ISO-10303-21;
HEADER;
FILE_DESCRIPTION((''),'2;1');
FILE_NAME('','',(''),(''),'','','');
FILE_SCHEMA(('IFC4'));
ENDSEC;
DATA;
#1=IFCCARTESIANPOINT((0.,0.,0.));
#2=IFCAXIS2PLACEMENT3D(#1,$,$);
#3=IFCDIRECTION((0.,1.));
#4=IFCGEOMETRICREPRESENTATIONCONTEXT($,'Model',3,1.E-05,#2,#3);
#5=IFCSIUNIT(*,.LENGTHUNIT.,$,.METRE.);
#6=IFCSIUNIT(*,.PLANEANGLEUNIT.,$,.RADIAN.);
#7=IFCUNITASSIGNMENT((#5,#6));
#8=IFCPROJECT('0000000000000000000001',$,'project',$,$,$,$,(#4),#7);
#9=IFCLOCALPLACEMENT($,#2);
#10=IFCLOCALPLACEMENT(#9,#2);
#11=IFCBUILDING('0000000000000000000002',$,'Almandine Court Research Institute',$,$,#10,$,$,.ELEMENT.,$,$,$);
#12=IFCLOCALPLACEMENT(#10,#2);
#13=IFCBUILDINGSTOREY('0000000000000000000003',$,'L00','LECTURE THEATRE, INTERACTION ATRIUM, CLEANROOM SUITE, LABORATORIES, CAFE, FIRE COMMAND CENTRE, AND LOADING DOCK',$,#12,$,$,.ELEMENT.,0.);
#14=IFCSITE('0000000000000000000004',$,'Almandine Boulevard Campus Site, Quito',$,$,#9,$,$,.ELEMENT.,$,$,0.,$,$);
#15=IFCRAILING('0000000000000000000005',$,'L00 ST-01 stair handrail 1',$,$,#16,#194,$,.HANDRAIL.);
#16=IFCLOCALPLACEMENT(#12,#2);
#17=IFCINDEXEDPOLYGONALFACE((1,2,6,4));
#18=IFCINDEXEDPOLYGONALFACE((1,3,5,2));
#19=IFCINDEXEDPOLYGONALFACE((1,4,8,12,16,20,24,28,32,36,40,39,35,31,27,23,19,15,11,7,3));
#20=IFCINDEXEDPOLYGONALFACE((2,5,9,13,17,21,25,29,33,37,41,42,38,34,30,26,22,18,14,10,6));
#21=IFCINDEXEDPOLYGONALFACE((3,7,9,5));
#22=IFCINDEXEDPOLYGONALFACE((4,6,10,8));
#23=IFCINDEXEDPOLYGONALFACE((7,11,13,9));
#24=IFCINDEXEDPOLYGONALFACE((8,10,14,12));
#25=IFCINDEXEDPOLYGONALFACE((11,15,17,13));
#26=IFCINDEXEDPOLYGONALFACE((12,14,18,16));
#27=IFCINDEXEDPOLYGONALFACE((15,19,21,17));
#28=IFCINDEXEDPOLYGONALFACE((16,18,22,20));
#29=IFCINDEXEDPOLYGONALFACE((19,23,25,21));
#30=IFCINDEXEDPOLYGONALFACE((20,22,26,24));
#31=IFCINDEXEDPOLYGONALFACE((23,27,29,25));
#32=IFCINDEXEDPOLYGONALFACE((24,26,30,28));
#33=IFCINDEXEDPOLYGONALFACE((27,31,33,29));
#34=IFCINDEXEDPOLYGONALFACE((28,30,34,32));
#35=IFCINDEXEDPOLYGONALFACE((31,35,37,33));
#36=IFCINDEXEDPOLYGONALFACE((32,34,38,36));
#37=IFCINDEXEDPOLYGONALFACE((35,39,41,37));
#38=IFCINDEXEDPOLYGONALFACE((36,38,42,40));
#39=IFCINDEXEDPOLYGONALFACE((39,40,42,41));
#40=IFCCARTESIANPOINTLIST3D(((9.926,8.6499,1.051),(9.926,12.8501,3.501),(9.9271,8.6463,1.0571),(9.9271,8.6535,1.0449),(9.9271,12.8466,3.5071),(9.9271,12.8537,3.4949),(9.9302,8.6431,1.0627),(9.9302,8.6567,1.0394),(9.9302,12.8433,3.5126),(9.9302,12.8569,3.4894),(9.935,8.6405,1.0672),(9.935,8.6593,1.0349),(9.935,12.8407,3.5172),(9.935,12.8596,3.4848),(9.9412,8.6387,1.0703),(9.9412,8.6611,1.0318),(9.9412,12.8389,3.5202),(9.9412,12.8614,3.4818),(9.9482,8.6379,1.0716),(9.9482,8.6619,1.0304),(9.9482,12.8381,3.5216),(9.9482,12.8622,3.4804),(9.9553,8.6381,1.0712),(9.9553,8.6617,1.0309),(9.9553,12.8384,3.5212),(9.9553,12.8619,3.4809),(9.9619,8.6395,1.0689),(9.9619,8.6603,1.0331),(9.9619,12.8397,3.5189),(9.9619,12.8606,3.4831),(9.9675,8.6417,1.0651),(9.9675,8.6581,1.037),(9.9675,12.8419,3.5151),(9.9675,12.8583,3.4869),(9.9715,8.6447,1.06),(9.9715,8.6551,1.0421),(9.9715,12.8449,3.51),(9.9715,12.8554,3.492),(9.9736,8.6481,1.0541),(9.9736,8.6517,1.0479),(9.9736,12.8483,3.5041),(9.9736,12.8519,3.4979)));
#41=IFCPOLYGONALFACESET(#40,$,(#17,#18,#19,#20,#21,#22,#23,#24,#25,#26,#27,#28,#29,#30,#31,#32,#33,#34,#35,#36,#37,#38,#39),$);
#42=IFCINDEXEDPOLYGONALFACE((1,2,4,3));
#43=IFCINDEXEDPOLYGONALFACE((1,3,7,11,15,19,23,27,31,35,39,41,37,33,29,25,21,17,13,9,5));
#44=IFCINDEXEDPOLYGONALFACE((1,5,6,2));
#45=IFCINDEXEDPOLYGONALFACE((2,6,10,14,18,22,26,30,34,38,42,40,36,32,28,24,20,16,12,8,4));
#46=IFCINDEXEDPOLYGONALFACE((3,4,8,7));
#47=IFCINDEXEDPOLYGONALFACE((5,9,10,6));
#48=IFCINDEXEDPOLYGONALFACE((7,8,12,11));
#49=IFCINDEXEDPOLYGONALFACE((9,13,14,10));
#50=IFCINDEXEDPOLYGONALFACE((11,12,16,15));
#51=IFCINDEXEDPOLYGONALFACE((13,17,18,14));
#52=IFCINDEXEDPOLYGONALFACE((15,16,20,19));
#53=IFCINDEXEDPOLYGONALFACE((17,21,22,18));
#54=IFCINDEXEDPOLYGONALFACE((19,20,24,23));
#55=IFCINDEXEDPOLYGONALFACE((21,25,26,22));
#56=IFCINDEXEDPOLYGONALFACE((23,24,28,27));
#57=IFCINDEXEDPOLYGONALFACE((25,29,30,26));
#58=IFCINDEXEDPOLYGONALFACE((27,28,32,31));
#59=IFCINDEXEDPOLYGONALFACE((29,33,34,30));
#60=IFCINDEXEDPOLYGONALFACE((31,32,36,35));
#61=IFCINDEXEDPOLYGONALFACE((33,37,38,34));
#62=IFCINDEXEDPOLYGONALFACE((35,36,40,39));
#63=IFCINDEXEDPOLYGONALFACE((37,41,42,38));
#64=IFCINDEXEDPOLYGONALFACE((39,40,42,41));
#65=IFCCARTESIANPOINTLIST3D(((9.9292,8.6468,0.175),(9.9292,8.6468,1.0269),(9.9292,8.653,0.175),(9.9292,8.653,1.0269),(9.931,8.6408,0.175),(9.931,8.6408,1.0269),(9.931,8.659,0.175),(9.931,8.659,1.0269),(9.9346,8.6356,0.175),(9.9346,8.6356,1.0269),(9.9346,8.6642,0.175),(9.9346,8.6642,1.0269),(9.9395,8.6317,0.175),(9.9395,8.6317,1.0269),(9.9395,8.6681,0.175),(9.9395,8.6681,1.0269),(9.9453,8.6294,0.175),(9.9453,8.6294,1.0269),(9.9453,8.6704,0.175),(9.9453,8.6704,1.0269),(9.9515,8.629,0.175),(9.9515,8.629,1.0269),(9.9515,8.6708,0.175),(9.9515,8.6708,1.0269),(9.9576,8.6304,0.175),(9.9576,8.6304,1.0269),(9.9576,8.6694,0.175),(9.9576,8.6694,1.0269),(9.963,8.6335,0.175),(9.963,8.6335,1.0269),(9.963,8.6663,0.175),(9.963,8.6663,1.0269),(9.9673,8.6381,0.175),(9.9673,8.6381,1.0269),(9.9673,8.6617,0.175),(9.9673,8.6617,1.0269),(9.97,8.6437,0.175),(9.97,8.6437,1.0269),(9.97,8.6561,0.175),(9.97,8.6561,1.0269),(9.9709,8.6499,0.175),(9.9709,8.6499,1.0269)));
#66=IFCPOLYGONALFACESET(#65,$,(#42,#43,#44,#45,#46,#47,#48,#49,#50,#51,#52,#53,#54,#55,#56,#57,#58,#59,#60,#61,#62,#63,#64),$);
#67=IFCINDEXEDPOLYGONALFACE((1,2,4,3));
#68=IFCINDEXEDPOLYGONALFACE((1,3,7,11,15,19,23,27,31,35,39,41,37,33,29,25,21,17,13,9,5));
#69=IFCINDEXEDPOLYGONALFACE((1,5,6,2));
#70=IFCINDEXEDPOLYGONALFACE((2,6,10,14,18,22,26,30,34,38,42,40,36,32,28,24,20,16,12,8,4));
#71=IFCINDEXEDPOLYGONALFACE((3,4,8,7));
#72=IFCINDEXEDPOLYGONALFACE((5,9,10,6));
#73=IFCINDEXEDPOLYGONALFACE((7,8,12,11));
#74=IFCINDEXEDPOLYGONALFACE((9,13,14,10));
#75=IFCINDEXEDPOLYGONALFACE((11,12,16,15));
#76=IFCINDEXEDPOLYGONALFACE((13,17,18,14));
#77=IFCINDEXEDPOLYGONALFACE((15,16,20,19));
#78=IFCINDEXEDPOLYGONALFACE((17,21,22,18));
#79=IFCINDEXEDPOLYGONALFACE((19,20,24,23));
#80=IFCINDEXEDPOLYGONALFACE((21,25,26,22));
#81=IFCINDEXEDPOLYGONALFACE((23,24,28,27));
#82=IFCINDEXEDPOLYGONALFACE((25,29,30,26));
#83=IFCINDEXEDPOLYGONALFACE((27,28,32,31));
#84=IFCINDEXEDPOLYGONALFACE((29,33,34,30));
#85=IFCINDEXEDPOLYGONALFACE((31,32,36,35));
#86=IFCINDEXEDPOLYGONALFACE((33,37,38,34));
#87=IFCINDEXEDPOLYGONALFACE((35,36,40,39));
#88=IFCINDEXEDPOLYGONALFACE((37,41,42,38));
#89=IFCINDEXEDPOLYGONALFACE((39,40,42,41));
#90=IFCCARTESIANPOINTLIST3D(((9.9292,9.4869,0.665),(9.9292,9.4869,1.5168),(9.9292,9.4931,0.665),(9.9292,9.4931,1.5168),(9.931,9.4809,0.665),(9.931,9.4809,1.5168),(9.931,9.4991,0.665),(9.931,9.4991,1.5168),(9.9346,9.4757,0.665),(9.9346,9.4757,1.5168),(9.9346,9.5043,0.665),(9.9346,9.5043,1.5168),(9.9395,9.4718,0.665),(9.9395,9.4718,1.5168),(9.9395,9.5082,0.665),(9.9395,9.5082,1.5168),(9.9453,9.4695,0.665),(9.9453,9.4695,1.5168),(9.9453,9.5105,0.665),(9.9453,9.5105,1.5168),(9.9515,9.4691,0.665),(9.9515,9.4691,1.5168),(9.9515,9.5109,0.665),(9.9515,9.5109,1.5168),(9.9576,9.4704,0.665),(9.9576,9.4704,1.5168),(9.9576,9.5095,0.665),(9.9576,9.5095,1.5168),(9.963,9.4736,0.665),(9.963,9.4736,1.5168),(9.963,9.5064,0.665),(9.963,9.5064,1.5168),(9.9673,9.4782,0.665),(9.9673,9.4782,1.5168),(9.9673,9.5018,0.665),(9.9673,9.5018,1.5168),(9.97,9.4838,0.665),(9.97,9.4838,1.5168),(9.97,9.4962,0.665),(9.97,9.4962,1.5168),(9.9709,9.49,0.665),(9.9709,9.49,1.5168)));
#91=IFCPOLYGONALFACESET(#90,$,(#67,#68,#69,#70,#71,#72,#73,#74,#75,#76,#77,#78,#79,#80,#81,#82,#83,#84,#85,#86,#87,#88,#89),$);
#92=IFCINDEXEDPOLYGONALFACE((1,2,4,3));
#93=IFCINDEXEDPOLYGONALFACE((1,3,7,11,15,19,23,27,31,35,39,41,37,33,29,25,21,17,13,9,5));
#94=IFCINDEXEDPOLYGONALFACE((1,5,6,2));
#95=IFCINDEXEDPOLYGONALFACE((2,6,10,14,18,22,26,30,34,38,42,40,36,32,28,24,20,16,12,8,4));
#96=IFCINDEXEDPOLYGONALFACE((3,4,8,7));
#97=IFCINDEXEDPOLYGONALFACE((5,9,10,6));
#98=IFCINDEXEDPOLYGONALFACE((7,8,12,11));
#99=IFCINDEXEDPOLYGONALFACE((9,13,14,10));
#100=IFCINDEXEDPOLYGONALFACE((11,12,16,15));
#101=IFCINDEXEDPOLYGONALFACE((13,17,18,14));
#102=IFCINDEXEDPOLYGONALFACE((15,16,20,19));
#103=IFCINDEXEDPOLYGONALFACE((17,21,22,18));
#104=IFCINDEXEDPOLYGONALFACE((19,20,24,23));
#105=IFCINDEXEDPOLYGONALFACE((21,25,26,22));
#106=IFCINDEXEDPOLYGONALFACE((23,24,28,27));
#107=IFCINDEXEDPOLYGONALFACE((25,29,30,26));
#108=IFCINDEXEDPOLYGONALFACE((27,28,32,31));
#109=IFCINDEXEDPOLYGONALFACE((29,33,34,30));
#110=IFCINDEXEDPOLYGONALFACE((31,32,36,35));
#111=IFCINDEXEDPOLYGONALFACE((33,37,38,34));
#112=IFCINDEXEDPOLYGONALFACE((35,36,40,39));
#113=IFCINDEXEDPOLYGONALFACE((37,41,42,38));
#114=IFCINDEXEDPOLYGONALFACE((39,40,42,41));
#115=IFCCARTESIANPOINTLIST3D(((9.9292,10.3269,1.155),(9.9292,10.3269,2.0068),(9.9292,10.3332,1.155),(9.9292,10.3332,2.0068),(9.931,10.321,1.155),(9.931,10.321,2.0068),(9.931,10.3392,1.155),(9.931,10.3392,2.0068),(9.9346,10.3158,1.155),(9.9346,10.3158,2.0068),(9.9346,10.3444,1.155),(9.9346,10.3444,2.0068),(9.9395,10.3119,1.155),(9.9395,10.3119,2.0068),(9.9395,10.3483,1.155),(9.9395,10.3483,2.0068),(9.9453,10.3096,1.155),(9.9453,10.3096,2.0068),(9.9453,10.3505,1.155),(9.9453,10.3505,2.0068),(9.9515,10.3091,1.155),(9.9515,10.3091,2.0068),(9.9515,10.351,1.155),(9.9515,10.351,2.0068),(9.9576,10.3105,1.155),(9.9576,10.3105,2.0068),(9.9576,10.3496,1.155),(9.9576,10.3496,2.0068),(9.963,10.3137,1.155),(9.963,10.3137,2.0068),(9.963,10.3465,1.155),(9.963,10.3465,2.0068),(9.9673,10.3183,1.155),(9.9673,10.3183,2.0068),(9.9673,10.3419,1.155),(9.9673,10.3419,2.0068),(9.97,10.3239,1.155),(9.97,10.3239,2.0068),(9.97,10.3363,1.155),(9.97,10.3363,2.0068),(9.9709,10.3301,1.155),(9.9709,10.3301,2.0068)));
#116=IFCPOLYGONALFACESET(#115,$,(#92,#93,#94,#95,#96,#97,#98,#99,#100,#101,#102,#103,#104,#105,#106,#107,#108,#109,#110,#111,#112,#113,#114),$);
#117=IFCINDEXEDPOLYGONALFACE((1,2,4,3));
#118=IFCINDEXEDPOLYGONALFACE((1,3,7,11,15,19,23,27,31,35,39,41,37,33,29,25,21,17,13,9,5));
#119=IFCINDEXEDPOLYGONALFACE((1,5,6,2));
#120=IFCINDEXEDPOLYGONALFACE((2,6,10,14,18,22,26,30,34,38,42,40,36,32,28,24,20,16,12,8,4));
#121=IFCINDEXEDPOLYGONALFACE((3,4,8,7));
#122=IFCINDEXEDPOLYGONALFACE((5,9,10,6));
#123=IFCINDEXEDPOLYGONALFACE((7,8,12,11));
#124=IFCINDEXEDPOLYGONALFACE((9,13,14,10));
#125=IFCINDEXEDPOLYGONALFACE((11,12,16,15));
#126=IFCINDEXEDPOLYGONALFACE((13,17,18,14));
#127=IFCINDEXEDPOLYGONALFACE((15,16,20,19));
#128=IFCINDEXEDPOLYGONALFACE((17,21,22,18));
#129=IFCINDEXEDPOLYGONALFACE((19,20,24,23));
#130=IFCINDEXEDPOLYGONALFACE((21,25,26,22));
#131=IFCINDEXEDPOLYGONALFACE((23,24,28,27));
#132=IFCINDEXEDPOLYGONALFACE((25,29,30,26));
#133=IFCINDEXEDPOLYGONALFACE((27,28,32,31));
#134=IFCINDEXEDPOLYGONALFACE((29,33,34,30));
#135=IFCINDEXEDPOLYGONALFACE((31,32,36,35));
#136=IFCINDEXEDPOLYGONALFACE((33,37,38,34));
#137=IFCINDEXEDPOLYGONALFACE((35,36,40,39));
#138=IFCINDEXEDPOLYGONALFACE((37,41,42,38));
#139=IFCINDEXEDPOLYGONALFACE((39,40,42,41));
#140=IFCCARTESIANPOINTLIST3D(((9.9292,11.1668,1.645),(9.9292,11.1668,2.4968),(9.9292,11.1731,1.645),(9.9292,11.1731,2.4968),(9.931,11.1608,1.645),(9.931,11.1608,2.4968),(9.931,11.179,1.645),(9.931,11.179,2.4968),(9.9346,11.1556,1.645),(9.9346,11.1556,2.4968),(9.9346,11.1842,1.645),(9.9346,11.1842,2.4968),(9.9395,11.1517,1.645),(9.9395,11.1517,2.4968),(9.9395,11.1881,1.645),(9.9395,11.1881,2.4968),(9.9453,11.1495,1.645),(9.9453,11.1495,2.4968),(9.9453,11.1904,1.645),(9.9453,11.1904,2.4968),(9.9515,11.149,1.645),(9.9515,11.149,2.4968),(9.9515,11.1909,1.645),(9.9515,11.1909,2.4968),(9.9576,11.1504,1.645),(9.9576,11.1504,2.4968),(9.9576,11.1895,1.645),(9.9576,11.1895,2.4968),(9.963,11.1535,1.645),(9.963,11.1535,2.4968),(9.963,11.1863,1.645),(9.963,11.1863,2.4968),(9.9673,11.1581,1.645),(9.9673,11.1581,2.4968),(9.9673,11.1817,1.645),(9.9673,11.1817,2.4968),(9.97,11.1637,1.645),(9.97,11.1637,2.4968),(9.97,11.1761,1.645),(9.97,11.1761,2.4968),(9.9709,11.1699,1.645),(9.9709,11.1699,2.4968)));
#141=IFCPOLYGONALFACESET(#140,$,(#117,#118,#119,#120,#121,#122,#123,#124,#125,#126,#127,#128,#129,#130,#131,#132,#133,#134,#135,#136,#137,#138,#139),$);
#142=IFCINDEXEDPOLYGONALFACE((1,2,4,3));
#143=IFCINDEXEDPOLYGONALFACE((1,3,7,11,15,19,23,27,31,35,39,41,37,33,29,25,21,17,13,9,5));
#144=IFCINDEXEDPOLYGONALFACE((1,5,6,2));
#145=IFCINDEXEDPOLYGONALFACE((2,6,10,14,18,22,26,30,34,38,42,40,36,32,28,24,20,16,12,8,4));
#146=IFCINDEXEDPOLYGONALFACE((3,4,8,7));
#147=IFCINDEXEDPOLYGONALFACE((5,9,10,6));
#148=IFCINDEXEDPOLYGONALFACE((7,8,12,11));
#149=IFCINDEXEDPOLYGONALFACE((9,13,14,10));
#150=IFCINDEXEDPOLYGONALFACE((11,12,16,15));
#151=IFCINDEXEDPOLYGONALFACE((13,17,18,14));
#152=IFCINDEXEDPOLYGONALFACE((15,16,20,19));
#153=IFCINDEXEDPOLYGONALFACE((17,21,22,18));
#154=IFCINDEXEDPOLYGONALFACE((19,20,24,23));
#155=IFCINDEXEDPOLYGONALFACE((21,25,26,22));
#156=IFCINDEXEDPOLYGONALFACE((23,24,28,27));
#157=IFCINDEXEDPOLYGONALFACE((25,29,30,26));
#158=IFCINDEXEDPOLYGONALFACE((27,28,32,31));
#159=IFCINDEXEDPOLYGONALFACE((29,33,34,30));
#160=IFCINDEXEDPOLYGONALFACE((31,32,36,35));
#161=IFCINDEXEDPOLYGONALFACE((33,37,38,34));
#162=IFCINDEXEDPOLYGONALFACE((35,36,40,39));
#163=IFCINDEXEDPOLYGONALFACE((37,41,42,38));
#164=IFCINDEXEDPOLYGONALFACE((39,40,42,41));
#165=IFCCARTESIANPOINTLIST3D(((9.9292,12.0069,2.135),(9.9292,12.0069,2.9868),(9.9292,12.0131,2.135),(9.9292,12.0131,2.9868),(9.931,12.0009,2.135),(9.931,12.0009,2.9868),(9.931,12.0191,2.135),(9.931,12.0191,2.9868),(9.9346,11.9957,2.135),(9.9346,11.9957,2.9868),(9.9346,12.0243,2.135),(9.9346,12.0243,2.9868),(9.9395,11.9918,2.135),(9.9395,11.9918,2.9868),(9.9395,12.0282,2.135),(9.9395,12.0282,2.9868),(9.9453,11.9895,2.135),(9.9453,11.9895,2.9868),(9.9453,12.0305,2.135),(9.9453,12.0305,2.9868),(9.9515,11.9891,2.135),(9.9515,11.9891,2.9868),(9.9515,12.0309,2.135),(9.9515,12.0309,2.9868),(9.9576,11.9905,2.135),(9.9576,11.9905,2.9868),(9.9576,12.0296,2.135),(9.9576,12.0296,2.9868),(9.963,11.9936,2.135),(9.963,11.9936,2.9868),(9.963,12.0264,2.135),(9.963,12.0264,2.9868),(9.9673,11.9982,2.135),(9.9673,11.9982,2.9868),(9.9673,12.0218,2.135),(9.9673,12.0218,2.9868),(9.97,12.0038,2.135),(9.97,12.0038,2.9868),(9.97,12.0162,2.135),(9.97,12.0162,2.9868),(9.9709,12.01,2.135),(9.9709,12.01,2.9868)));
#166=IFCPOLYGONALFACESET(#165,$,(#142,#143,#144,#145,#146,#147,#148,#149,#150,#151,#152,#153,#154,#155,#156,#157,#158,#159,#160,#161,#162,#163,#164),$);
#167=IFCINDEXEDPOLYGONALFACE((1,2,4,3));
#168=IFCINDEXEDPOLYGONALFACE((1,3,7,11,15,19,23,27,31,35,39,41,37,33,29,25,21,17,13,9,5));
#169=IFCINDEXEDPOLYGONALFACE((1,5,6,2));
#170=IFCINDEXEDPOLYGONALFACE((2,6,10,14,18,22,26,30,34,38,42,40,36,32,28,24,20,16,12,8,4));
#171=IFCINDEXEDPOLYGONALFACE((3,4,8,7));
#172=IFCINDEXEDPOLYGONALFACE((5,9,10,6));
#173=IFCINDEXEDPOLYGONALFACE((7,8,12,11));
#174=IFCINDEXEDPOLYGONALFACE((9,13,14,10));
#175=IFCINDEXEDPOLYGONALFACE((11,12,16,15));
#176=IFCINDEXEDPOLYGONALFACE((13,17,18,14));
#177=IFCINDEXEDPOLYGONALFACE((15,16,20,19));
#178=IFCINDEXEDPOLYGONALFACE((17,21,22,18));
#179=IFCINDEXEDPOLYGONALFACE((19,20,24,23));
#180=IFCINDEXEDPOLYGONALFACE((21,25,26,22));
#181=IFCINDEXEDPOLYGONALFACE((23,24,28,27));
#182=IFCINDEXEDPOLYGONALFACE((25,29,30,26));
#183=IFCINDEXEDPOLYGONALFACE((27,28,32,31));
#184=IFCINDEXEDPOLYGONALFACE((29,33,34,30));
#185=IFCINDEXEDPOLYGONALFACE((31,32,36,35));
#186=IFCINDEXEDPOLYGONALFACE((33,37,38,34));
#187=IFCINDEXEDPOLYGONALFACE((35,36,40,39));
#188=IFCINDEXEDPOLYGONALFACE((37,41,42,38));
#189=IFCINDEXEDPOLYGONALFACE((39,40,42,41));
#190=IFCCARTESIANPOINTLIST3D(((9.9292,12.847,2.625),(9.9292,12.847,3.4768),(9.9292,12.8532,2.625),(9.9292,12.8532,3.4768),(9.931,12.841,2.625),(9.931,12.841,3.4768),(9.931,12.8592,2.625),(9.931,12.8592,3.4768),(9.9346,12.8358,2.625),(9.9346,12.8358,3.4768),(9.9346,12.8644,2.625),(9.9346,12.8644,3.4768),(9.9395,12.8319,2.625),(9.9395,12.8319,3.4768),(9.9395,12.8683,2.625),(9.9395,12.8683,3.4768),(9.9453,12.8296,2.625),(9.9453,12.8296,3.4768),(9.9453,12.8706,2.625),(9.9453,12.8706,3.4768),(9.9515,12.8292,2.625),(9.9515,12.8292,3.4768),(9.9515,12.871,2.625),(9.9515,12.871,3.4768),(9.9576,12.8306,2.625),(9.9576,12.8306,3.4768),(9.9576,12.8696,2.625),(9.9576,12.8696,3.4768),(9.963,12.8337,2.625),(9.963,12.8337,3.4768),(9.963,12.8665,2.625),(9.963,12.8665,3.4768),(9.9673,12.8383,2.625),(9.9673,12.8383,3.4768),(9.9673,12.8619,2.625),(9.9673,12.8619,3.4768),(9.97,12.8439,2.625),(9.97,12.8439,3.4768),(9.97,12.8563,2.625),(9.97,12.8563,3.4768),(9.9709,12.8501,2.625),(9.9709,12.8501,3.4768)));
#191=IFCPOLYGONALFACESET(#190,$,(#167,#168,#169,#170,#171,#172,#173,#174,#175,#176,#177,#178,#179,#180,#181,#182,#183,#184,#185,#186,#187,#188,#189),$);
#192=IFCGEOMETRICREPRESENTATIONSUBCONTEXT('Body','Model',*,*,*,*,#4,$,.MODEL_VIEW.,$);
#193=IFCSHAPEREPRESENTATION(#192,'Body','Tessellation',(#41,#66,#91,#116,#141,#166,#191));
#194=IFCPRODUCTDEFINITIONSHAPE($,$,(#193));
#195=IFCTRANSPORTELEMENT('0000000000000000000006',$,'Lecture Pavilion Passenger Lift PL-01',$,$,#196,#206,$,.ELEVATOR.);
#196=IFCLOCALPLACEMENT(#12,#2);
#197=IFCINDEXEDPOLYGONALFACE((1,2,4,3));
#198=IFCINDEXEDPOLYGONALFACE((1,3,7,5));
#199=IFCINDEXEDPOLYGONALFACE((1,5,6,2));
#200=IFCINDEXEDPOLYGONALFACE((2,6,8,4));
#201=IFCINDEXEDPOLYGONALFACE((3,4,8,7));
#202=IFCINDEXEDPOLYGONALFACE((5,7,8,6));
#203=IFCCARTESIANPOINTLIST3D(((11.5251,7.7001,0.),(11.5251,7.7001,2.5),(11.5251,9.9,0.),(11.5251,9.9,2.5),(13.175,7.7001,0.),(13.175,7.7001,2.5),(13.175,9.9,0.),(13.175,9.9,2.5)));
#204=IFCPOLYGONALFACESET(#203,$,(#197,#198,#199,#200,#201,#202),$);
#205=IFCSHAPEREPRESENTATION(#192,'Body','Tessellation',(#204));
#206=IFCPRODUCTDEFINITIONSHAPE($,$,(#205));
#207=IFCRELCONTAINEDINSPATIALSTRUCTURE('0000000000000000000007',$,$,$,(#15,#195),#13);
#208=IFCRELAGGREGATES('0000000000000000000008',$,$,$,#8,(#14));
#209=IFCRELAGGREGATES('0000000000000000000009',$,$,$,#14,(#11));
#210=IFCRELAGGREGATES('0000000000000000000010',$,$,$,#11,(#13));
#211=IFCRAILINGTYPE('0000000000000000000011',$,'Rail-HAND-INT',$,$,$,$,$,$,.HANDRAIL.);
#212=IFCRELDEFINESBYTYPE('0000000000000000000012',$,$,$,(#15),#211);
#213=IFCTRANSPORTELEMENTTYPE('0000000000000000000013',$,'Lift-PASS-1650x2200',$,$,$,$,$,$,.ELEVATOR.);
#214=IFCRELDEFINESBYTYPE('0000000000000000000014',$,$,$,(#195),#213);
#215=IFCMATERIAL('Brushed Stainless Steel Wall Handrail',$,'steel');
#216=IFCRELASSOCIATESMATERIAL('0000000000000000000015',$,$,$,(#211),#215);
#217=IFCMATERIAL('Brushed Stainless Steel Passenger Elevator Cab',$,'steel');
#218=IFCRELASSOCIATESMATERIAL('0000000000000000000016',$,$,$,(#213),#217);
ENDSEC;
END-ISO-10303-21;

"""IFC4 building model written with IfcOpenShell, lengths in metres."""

from ifc_helpers import new_model, si_unit, direction, frame, origin, origin_2d, place, context, subcontext, project, spatial, rectangle, circle, extrude, material, type_object, element, save


model = new_model("IFC4")

# Units and contexts
model_context = context("Model", 3, precision=1e-05, world=origin(), true_north=direction((0.0, 1.0)))
body_context = subcontext(model_context, "Body", "Model", "MODEL_VIEW")
ifc_project = project(units=[si_unit("LENGTHUNIT", "METRE"), si_unit("PLANEANGLEUNIT", "RADIAN")], contexts=[model_context])

# Site, building, storey
site_placement = place(None, origin())
site = spatial("IfcSite", under=ifc_project, at=site_placement, Name="Almandine Boulevard Campus Site, Quito", CompositionType="ELEMENT", RefElevation=0.0)
building_placement = place(site_placement, origin())
building = spatial("IfcBuilding", under=site, at=building_placement, Name="Almandine Court Research Institute", CompositionType="ELEMENT")
storey_placement = place(building_placement, origin())
storey = spatial("IfcBuildingStorey", under=building, at=storey_placement, Name="L00", Description="LECTURE THEATRE, INTERACTION ATRIUM, CLEANROOM SUITE, LABORATORIES, CAFE, FIRE COMMAND CENTRE, AND LOADING DOCK", CompositionType="ELEMENT", Elevation=0.0)

# Railing
ifc_material_1 = material(Name="Brushed Stainless Steel Wall Handrail", Category="steel")
railing_type_1 = type_object("IfcRailingType", Name="Rail-HAND-INT", PredefinedType="HANDRAIL", material=ifc_material_1)
railing_1_placement = place(storey_placement, frame((9.95, 8.6499, 0.175)))
element("IfcRailing", 1, at=railing_1_placement, inside=storey, type_object=railing_type_1, Name="L00 ST-01 stair handrail 1", PredefinedType="HANDRAIL", context=body_context, shape_type="SweptSolid", body=[
    extrude(circle(Radius=0.0239, at=origin_2d()), frame((0.0, 0.0, 0.876), z_axis=(0.0, 0.863793, 0.503846), x_axis=(-1.0, 0.0, 0.0)), (0.0, 0.0, 1.0), 4.8625),
    extrude(circle(Radius=0.021, at=origin_2d()), origin(), (0.0, 0.0, 1.0), 0.8518),
    extrude(circle(Radius=0.021, at=origin_2d()), frame((0.0, 0.8401, 0.49)), (0.0, 0.0, 1.0), 0.8518),
    extrude(circle(Radius=0.021, at=origin_2d()), frame((0.0, 1.6802, 0.98)), (0.0, 0.0, 1.0), 0.8518),
    extrude(circle(Radius=0.021, at=origin_2d()), frame((0.0, 2.52, 1.47)), (0.0, 0.0, 1.0), 0.8518),
    extrude(circle(Radius=0.021, at=origin_2d()), frame((0.0, 3.3601, 1.96)), (0.0, 0.0, 1.0), 0.8518),
    extrude(circle(Radius=0.021, at=origin_2d()), frame((0.0, 4.2002, 2.45)), (0.0, 0.0, 1.0), 0.8518),
])

# Transport element
ifc_material_2 = material(Name="Brushed Stainless Steel Passenger Elevator Cab", Category="steel")
transport_element_type = type_object("IfcTransportElementType", Name="Lift-PASS-1650x2200", PredefinedType="ELEVATOR", material=ifc_material_2)
transport_element_placement = place(storey_placement, frame((12.3501, 8.8, 0.0), z_axis=(0.0, 0.0, 1.0), x_axis=(1.0, 0.0, 0.0)))
element("IfcTransportElement", 2, at=transport_element_placement, inside=storey, type_object=transport_element_type, Name="Lecture Pavilion Passenger Lift PL-01", PredefinedType="ELEVATOR", context=body_context, shape_type="SweptSolid", body=[
    extrude(rectangle(XDim=1.6499, YDim=2.2, at=origin_2d()), origin(), (0.0, 0.0, 1.0), 2.5),
])

save(model, "model.ifc")
